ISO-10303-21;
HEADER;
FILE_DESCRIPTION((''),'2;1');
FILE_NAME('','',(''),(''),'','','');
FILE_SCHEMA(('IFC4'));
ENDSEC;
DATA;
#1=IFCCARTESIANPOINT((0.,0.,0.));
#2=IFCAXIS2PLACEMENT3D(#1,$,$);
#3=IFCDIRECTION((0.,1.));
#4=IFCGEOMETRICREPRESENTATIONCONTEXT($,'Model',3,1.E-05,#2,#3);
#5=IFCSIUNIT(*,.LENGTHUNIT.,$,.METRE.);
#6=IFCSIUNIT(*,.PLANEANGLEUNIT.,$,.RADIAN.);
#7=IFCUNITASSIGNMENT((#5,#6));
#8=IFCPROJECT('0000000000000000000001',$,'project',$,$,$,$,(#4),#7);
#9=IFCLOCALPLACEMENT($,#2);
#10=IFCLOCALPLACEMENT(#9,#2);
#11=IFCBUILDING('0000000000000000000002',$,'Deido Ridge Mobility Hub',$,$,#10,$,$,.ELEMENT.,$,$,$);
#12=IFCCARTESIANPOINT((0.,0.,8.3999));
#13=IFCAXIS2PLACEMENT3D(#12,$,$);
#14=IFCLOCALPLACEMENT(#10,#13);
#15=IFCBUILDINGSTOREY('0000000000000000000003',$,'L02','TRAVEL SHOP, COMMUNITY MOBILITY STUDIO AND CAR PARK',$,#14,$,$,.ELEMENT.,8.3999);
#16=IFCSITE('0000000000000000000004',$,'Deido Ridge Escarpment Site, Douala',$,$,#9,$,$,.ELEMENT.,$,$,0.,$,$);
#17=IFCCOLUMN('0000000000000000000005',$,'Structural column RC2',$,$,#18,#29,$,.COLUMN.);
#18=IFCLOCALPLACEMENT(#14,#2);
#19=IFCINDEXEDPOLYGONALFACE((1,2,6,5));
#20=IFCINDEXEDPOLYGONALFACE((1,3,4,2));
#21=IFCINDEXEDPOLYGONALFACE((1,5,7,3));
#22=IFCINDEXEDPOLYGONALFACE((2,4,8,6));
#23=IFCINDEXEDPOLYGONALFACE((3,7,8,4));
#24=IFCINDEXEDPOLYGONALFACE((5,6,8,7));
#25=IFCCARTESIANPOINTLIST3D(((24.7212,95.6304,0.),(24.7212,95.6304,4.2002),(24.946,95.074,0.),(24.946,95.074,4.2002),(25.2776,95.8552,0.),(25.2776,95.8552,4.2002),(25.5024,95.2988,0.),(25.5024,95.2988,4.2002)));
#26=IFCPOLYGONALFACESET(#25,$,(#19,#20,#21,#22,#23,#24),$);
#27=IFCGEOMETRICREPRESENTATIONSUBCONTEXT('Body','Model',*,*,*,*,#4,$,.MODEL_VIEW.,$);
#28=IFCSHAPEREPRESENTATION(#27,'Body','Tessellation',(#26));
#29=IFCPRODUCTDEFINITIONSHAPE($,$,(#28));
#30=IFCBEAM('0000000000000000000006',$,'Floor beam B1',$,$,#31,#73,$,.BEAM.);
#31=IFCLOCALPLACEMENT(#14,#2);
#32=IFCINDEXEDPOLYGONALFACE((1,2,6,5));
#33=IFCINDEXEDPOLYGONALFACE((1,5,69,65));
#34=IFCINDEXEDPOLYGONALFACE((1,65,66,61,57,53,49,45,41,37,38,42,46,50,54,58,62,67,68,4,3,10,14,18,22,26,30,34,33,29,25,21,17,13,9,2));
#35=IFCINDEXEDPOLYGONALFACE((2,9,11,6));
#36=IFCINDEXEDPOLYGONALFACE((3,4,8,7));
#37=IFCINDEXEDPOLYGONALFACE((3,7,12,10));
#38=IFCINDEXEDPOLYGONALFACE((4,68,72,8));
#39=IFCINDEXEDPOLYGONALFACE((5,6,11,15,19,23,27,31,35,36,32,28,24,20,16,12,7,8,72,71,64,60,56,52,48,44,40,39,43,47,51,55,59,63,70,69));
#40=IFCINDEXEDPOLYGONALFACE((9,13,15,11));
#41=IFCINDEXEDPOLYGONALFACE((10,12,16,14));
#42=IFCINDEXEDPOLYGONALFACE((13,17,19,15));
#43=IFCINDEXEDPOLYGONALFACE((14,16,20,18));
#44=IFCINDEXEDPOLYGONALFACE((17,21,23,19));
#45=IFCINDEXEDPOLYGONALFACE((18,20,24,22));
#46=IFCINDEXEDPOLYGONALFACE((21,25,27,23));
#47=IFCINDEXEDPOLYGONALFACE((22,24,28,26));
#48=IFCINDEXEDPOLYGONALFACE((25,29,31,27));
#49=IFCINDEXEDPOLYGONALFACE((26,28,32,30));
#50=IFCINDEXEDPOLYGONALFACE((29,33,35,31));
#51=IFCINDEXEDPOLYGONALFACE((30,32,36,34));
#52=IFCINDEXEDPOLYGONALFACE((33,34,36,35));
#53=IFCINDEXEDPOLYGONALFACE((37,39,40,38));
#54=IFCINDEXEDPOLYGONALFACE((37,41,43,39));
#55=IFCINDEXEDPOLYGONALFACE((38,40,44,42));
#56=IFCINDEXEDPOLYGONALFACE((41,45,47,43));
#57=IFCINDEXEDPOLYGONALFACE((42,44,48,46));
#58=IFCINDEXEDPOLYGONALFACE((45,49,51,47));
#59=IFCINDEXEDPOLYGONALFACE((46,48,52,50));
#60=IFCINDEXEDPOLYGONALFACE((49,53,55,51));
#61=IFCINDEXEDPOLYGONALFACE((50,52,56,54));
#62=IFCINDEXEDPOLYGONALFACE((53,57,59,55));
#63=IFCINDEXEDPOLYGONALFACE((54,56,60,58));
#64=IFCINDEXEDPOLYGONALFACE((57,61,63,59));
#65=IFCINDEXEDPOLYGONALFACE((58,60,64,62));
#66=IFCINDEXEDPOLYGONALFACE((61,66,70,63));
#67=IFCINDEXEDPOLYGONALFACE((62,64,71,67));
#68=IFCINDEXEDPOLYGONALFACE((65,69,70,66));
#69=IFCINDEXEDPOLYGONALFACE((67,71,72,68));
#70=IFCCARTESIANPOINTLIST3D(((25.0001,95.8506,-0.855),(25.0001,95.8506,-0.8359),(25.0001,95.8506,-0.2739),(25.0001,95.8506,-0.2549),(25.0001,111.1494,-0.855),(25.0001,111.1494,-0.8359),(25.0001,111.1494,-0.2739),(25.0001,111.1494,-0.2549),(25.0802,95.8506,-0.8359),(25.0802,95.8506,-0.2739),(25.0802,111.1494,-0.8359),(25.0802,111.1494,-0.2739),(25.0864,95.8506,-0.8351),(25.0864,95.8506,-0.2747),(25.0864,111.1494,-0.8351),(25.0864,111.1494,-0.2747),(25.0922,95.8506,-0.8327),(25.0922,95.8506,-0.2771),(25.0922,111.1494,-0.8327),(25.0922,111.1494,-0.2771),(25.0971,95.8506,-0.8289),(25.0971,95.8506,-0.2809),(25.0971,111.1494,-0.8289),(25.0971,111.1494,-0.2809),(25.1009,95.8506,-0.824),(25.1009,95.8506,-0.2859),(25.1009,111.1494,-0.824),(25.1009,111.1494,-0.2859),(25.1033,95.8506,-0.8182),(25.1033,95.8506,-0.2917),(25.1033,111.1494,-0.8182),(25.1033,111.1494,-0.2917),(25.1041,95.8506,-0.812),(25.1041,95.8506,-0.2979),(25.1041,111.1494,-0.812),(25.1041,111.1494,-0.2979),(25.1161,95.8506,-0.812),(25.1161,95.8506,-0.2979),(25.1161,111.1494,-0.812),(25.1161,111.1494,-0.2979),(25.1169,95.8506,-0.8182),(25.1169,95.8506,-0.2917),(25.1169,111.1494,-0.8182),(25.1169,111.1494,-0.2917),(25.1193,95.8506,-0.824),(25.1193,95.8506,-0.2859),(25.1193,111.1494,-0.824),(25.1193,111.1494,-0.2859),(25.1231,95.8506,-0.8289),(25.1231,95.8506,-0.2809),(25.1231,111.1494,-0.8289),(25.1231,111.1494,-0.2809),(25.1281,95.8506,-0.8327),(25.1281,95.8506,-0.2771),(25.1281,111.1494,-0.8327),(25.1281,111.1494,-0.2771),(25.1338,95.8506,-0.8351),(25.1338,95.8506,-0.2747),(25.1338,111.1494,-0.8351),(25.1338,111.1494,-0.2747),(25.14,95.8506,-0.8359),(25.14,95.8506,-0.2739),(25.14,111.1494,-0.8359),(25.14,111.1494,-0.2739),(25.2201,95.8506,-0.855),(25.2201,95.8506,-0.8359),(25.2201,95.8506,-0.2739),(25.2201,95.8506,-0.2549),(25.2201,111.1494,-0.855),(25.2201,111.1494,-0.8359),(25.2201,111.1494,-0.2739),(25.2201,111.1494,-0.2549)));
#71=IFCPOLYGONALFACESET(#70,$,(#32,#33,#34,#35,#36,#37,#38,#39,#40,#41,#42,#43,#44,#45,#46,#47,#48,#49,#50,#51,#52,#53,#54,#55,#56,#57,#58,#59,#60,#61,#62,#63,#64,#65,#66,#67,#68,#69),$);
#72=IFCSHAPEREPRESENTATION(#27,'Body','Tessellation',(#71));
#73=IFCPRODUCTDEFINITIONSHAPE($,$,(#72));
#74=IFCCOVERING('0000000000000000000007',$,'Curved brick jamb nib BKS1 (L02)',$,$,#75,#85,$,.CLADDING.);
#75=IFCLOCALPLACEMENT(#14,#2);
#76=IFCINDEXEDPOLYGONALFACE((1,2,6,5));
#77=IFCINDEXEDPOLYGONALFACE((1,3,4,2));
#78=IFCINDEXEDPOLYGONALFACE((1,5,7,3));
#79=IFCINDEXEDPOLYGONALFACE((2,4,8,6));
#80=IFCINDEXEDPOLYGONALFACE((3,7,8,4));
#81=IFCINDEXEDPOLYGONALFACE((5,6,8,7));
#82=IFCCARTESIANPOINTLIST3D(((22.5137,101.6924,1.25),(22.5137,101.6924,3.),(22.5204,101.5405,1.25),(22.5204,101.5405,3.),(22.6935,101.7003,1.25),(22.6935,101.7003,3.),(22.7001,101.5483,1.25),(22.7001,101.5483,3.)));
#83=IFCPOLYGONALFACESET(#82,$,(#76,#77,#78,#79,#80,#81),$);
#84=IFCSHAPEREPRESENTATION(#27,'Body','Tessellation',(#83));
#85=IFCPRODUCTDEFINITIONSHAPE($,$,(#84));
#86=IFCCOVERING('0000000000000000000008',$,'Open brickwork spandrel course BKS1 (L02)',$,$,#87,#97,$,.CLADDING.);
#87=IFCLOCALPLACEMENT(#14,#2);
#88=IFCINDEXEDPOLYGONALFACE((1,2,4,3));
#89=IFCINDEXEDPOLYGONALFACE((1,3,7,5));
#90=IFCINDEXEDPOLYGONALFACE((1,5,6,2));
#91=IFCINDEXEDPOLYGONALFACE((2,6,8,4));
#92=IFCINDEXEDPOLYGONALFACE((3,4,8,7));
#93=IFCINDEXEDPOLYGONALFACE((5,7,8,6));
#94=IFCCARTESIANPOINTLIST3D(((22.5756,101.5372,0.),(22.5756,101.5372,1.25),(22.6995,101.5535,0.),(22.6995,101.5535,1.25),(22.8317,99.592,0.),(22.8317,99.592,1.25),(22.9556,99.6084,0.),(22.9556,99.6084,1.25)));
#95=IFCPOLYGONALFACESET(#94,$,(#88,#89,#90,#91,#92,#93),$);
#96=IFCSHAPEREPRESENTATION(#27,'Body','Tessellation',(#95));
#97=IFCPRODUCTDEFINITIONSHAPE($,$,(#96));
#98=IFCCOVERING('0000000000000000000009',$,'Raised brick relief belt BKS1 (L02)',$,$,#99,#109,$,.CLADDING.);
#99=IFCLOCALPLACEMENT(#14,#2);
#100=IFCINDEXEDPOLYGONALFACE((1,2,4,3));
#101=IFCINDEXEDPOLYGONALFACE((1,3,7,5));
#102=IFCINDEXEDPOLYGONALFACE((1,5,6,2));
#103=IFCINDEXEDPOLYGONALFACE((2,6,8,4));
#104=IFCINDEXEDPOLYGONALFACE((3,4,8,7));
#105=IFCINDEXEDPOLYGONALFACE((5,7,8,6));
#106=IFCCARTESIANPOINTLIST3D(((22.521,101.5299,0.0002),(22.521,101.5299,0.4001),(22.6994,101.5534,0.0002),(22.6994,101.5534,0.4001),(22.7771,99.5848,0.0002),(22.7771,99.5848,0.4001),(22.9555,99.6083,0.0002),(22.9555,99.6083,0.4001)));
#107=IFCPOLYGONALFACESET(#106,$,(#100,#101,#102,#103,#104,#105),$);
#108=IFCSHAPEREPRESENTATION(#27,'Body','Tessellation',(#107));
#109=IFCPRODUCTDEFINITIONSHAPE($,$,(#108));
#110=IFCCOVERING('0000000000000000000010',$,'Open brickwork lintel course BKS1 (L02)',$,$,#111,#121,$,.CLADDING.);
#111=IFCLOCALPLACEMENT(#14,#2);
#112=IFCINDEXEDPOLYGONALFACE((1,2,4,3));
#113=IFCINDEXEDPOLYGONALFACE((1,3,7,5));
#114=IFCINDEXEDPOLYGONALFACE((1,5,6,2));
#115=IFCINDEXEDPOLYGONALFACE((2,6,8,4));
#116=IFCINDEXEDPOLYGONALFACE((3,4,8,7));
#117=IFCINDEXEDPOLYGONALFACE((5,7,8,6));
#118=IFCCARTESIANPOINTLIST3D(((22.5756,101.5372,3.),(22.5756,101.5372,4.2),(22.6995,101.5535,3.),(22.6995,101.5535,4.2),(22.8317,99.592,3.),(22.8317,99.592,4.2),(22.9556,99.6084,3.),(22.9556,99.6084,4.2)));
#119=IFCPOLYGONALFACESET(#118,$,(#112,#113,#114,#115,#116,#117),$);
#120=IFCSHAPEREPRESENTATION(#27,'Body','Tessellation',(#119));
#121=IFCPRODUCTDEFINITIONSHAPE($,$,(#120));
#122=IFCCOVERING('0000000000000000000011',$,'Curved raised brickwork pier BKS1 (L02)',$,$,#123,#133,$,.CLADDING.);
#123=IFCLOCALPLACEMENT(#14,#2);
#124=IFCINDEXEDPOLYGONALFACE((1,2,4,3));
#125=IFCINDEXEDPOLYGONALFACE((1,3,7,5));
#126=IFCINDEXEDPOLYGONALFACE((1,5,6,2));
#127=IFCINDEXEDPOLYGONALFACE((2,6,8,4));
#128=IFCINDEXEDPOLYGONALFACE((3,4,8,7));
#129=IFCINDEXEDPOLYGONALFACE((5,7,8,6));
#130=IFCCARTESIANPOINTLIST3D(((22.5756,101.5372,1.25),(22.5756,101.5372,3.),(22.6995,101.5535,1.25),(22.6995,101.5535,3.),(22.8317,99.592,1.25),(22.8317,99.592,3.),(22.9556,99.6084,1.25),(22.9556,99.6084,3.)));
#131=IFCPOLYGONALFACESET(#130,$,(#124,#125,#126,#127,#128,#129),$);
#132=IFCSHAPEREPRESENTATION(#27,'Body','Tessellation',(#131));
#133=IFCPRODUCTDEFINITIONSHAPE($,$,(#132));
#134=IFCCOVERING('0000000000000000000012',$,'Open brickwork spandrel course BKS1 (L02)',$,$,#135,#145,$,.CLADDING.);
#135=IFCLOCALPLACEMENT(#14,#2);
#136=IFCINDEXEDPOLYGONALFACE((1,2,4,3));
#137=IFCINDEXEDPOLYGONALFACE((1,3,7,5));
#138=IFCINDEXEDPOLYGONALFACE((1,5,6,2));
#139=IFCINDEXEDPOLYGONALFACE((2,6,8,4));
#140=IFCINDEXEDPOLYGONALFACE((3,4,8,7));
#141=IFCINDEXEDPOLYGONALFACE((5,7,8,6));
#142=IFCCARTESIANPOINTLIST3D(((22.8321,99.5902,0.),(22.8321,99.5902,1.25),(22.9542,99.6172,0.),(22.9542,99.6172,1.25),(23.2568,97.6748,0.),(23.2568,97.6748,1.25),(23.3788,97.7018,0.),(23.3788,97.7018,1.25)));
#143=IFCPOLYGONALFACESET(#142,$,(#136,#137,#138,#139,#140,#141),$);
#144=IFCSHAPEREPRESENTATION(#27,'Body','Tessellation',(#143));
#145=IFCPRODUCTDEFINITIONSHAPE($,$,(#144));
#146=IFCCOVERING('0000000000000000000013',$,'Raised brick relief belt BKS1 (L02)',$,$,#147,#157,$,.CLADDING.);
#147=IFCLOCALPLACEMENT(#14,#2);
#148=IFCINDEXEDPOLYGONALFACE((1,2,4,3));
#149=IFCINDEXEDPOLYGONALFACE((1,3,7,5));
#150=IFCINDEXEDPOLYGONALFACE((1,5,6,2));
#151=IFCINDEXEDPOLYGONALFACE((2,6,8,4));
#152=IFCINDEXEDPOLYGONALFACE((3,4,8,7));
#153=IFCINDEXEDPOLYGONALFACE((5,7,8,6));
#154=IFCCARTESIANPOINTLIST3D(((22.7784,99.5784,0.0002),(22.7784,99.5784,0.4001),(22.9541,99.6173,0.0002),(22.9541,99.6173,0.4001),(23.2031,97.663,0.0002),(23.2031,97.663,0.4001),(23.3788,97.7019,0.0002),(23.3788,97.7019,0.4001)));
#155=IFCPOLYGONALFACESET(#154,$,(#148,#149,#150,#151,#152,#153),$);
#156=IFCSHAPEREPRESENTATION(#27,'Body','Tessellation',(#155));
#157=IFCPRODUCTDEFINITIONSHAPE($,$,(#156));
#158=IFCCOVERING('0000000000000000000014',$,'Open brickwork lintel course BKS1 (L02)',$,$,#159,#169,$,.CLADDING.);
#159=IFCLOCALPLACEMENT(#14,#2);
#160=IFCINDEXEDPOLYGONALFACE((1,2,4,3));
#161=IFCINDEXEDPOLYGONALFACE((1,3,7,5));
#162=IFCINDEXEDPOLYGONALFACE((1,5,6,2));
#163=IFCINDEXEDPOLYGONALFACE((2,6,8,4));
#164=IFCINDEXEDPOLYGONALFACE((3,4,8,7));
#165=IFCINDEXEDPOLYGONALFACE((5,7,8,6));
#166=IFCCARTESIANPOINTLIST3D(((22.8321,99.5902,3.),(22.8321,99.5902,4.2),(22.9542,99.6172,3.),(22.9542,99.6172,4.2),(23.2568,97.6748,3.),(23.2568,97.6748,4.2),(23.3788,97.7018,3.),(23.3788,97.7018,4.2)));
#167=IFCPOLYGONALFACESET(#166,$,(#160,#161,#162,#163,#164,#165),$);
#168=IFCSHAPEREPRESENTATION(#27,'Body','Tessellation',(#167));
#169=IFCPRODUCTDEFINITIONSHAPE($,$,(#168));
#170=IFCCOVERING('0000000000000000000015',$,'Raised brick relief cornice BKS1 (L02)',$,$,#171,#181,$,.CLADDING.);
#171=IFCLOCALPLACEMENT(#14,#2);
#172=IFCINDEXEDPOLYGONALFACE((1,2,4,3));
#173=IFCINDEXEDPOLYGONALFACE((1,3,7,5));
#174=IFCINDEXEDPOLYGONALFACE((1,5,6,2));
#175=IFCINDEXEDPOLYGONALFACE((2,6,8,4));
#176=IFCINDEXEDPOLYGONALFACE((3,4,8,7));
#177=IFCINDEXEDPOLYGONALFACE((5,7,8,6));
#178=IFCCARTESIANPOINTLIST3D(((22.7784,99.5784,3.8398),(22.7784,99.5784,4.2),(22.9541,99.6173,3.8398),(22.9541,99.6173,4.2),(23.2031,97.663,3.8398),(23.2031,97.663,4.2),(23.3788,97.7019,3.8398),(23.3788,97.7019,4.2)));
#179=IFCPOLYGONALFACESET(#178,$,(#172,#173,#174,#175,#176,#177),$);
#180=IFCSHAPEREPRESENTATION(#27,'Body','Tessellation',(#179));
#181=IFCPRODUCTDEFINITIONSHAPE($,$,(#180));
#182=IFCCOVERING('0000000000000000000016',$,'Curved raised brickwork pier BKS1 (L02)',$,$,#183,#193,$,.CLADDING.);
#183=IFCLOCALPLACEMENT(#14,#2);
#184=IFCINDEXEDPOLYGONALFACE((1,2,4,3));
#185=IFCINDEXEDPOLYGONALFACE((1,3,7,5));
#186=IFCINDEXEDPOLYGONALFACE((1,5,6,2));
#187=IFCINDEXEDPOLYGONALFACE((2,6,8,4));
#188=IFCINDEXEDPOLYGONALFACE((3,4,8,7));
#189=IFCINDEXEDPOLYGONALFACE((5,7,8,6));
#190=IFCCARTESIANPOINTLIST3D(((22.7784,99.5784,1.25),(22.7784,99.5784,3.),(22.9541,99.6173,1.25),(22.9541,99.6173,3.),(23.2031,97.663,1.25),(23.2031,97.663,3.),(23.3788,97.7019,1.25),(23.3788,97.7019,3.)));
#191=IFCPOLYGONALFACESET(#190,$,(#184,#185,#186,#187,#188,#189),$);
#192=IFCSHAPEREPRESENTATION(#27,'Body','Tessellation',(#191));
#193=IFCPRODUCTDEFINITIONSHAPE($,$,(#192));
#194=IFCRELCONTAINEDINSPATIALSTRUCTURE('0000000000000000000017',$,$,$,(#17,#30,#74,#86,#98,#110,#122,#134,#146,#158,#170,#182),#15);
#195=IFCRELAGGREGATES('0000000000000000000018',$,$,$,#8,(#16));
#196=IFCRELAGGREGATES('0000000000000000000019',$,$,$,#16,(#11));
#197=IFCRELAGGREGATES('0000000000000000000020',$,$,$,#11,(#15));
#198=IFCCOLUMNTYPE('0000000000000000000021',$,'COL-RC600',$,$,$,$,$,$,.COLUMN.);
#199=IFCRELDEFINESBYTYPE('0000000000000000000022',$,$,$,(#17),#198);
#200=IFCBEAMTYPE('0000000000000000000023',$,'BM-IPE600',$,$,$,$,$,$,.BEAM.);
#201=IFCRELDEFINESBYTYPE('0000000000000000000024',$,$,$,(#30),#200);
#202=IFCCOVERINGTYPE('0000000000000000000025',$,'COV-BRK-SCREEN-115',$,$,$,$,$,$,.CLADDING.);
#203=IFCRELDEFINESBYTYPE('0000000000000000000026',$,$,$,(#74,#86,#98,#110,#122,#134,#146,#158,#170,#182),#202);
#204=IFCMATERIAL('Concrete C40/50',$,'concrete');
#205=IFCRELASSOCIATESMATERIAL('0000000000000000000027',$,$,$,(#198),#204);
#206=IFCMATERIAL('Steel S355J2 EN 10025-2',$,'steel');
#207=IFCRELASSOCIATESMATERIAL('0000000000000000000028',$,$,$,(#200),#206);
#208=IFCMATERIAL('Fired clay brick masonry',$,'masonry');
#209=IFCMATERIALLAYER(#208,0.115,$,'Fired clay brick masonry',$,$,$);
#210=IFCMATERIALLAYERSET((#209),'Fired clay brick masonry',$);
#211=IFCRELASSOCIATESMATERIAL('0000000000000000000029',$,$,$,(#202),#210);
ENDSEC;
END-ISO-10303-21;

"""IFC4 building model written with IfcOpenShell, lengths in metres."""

from ifc_helpers import new_model, si_unit, direction, frame, origin, origin_2d, place, context, subcontext, project, spatial, rectangle, i_section, extrude, material, layer, layer_set, material_profile, profile_set, type_object, element, save


model = new_model("IFC4")

# Units and contexts
model_context = context("Model", 3, precision=1e-05, world=origin(), true_north=direction((0.0, 1.0)))
body_context = subcontext(model_context, "Body", "Model", "MODEL_VIEW")
ifc_project = project(units=[si_unit("LENGTHUNIT", "METRE"), si_unit("PLANEANGLEUNIT", "RADIAN")], contexts=[model_context])

# Site, building, storey
site_placement = place(None, origin())
site = spatial("IfcSite", under=ifc_project, at=site_placement, Name="Deido Ridge Escarpment Site, Douala", CompositionType="ELEMENT", RefElevation=0.0)
building_placement = place(site_placement, origin())
building = spatial("IfcBuilding", under=site, at=building_placement, Name="Deido Ridge Mobility Hub", CompositionType="ELEMENT")
storey_placement = place(building_placement, frame((0.0, 0.0, 8.3999)))
storey = spatial("IfcBuildingStorey", under=building, at=storey_placement, Name="L02", Description="TRAVEL SHOP, COMMUNITY MOBILITY STUDIO AND CAR PARK", CompositionType="ELEMENT", Elevation=8.3999)

# Column
ifc_material_1 = material(Name="Concrete C40/50", Category="concrete")
ifc_material_profile_1 = material_profile(ifc_material_1, rectangle(XDim=0.6001, YDim=0.6001, at=origin_2d()), Name="RC COL 600x600")
ifc_profile_set_1 = profile_set([ifc_material_profile_1], Name="Concrete C40/50")
column_type = type_object("IfcColumnType", Name="COL-RC600", PredefinedType="COLUMN", material=ifc_profile_set_1)
column_placement = place(storey_placement, frame((25.1118, 95.4646, 0.0), z_axis=(0.0, 0.0, 1.0), x_axis=(-0.927184, -0.374607, 0.0)))
element("IfcColumn", 1, at=column_placement, inside=storey, type_object=column_type, Name="Structural column RC2", PredefinedType="COLUMN", context=body_context, shape_type="SweptSolid", body=[
    extrude(rectangle(XDim=0.6001, YDim=0.6001, at=origin_2d()), origin(), (0.0, 0.0, 1.0), 4.2002),
])

# Beam
ifc_material_2 = material(Name="Steel S355J2 EN 10025-2", Category="steel")
ifc_material_profile_2 = material_profile(ifc_material_2, i_section(OverallWidth=0.22, OverallDepth=0.6001, WebThickness=0.012, FlangeThickness=0.019, FilletRadius=0.0239, at=origin_2d()), Name="IPE 600")
ifc_profile_set_2 = profile_set([ifc_material_profile_2], Name="Steel S355J2 EN 10025-2")
beam_type = type_object("IfcBeamType", Name="BM-IPE600", PredefinedType="BEAM", material=ifc_profile_set_2)
beam_placement = place(storey_placement, frame((25.1101, 95.8506, -0.5549), z_axis=(0.0, 1.0, 0.0), x_axis=(-1.0, 0.0, 0.0)))
element("IfcBeam", 2, at=beam_placement, inside=storey, type_object=beam_type, Name="Floor beam B1", PredefinedType="BEAM", context=body_context, shape_type="SweptSolid", body=[
    extrude(i_section(OverallWidth=0.22, OverallDepth=0.6001, WebThickness=0.012, FlangeThickness=0.019, FilletRadius=0.0239, at=origin_2d()), origin(), (0.0, 0.0, 1.0), 15.2988),
])

# Coverings
ifc_material_3 = material(Name="Fired clay brick masonry", Category="masonry")
ifc_layer = layer(ifc_material_3, 0.115, Name="Fired clay brick masonry")
ifc_layer_set = layer_set([ifc_layer], Name="Fired clay brick masonry")
covering_type = type_object("IfcCoveringType", Name="COV-BRK-SCREEN-115", PredefinedType="CLADDING", material=ifc_layer_set)
covering_1_placement = place(storey_placement, frame((22.6069, 101.6204, 1.25), z_axis=(0.0, 0.0, 1.0), x_axis=(0.043602, -0.999049, 0.0)))
element("IfcCovering", 3, at=covering_1_placement, inside=storey, type_object=covering_type, Name="Curved brick jamb nib BKS1 (L02)", PredefinedType="CLADDING", context=body_context, shape_type="SweptSolid", body=[
    extrude(rectangle(XDim=0.1521, YDim=0.1799, at=origin_2d()), origin(), (0.0, 0.0, 1.0), 1.75),
])
covering_2_placement = place(storey_placement, frame((22.7656, 100.5728, 0.0), z_axis=(0.0, 0.0, 1.0), x_axis=(0.130543, -0.991443, 0.0)))
element("IfcCovering", 4, at=covering_2_placement, inside=storey, type_object=covering_type, Name="Open brickwork spandrel course BKS1 (L02)", PredefinedType="CLADDING", context=body_context, shape_type="SweptSolid", body=[
    extrude(rectangle(XDim=1.9619, YDim=0.125, at=origin_2d()), origin(), (0.0, 0.0, 1.0), 1.25),
])
covering_3_placement = place(storey_placement, frame((22.7383, 100.5691, 0.0002), z_axis=(0.0, 0.0, 1.0), x_axis=(0.130543, -0.991443, 0.0)))
element("IfcCovering", 5, at=covering_3_placement, inside=storey, type_object=covering_type, Name="Raised brick relief belt BKS1 (L02)", PredefinedType="CLADDING", context=body_context, shape_type="SweptSolid", body=[
    extrude(rectangle(XDim=1.9619, YDim=0.1799, at=origin_2d()), origin(), (0.0, 0.0, 1.0), 0.3999),
])
covering_4_placement = place(storey_placement, frame((22.7656, 100.5728, 3.0), z_axis=(0.0, 0.0, 1.0), x_axis=(0.130543, -0.991443, 0.0)))
element("IfcCovering", 6, at=covering_4_placement, inside=storey, type_object=covering_type, Name="Open brickwork lintel course BKS1 (L02)", PredefinedType="CLADDING", context=body_context, shape_type="SweptSolid", body=[
    extrude(rectangle(XDim=1.9619, YDim=0.125, at=origin_2d()), origin(), (0.0, 0.0, 1.0), 1.2),
])
covering_5_placement = place(storey_placement, frame((22.7656, 100.5728, 1.25), z_axis=(0.0, 0.0, 1.0), x_axis=(0.130543, -0.991443, 0.0)))
element("IfcCovering", 7, at=covering_5_placement, inside=storey, type_object=covering_type, Name="Curved raised brickwork pier BKS1 (L02)", PredefinedType="CLADDING", context=body_context, shape_type="SweptSolid", body=[
    extrude(rectangle(XDim=1.9619, YDim=0.125, at=origin_2d()), origin(), (0.0, 0.0, 1.0), 1.75),
])
covering_6_placement = place(storey_placement, frame((23.1055, 98.646, 0.0), z_axis=(0.0, 0.0, 1.0), x_axis=(0.216457, -0.976292, 0.0)))
element("IfcCovering", 8, at=covering_6_placement, inside=storey, type_object=covering_type, Name="Open brickwork spandrel course BKS1 (L02)", PredefinedType="CLADDING", context=body_context, shape_type="SweptSolid", body=[
    extrude(rectangle(XDim=1.9619, YDim=0.125, at=origin_2d()), origin(), (0.0, 0.0, 1.0), 1.25),
])
covering_7_placement = place(storey_placement, frame((23.0786, 98.6401, 0.0002), z_axis=(0.0, 0.0, 1.0), x_axis=(0.216457, -0.976292, 0.0)))
element("IfcCovering", 9, at=covering_7_placement, inside=storey, type_object=covering_type, Name="Raised brick relief belt BKS1 (L02)", PredefinedType="CLADDING", context=body_context, shape_type="SweptSolid", body=[
    extrude(rectangle(XDim=1.9619, YDim=0.1799, at=origin_2d()), origin(), (0.0, 0.0, 1.0), 0.3999),
])
covering_8_placement = place(storey_placement, frame((23.1055, 98.646, 3.0), z_axis=(0.0, 0.0, 1.0), x_axis=(0.216457, -0.976292, 0.0)))
element("IfcCovering", 10, at=covering_8_placement, inside=storey, type_object=covering_type, Name="Open brickwork lintel course BKS1 (L02)", PredefinedType="CLADDING", context=body_context, shape_type="SweptSolid", body=[
    extrude(rectangle(XDim=1.9619, YDim=0.125, at=origin_2d()), origin(), (0.0, 0.0, 1.0), 1.2),
])
covering_9_placement = place(storey_placement, frame((23.0786, 98.6401, 3.8398), z_axis=(0.0, 0.0, 1.0), x_axis=(0.216457, -0.976292, 0.0)))
element("IfcCovering", 11, at=covering_9_placement, inside=storey, type_object=covering_type, Name="Raised brick relief cornice BKS1 (L02)", PredefinedType="CLADDING", context=body_context, shape_type="SweptSolid", body=[
    extrude(rectangle(XDim=1.9619, YDim=0.1799, at=origin_2d()), origin(), (0.0, 0.0, 1.0), 0.3601),
])
covering_10_placement = place(storey_placement, frame((23.0786, 98.6401, 1.25), z_axis=(0.0, 0.0, 1.0), x_axis=(0.216457, -0.976292, 0.0)))
element("IfcCovering", 12, at=covering_10_placement, inside=storey, type_object=covering_type, Name="Curved raised brickwork pier BKS1 (L02)", PredefinedType="CLADDING", context=body_context, shape_type="SweptSolid", body=[
    extrude(rectangle(XDim=1.9619, YDim=0.1799, at=origin_2d()), origin(), (0.0, 0.0, 1.0), 1.75),
])

save(model, "model.ifc")
